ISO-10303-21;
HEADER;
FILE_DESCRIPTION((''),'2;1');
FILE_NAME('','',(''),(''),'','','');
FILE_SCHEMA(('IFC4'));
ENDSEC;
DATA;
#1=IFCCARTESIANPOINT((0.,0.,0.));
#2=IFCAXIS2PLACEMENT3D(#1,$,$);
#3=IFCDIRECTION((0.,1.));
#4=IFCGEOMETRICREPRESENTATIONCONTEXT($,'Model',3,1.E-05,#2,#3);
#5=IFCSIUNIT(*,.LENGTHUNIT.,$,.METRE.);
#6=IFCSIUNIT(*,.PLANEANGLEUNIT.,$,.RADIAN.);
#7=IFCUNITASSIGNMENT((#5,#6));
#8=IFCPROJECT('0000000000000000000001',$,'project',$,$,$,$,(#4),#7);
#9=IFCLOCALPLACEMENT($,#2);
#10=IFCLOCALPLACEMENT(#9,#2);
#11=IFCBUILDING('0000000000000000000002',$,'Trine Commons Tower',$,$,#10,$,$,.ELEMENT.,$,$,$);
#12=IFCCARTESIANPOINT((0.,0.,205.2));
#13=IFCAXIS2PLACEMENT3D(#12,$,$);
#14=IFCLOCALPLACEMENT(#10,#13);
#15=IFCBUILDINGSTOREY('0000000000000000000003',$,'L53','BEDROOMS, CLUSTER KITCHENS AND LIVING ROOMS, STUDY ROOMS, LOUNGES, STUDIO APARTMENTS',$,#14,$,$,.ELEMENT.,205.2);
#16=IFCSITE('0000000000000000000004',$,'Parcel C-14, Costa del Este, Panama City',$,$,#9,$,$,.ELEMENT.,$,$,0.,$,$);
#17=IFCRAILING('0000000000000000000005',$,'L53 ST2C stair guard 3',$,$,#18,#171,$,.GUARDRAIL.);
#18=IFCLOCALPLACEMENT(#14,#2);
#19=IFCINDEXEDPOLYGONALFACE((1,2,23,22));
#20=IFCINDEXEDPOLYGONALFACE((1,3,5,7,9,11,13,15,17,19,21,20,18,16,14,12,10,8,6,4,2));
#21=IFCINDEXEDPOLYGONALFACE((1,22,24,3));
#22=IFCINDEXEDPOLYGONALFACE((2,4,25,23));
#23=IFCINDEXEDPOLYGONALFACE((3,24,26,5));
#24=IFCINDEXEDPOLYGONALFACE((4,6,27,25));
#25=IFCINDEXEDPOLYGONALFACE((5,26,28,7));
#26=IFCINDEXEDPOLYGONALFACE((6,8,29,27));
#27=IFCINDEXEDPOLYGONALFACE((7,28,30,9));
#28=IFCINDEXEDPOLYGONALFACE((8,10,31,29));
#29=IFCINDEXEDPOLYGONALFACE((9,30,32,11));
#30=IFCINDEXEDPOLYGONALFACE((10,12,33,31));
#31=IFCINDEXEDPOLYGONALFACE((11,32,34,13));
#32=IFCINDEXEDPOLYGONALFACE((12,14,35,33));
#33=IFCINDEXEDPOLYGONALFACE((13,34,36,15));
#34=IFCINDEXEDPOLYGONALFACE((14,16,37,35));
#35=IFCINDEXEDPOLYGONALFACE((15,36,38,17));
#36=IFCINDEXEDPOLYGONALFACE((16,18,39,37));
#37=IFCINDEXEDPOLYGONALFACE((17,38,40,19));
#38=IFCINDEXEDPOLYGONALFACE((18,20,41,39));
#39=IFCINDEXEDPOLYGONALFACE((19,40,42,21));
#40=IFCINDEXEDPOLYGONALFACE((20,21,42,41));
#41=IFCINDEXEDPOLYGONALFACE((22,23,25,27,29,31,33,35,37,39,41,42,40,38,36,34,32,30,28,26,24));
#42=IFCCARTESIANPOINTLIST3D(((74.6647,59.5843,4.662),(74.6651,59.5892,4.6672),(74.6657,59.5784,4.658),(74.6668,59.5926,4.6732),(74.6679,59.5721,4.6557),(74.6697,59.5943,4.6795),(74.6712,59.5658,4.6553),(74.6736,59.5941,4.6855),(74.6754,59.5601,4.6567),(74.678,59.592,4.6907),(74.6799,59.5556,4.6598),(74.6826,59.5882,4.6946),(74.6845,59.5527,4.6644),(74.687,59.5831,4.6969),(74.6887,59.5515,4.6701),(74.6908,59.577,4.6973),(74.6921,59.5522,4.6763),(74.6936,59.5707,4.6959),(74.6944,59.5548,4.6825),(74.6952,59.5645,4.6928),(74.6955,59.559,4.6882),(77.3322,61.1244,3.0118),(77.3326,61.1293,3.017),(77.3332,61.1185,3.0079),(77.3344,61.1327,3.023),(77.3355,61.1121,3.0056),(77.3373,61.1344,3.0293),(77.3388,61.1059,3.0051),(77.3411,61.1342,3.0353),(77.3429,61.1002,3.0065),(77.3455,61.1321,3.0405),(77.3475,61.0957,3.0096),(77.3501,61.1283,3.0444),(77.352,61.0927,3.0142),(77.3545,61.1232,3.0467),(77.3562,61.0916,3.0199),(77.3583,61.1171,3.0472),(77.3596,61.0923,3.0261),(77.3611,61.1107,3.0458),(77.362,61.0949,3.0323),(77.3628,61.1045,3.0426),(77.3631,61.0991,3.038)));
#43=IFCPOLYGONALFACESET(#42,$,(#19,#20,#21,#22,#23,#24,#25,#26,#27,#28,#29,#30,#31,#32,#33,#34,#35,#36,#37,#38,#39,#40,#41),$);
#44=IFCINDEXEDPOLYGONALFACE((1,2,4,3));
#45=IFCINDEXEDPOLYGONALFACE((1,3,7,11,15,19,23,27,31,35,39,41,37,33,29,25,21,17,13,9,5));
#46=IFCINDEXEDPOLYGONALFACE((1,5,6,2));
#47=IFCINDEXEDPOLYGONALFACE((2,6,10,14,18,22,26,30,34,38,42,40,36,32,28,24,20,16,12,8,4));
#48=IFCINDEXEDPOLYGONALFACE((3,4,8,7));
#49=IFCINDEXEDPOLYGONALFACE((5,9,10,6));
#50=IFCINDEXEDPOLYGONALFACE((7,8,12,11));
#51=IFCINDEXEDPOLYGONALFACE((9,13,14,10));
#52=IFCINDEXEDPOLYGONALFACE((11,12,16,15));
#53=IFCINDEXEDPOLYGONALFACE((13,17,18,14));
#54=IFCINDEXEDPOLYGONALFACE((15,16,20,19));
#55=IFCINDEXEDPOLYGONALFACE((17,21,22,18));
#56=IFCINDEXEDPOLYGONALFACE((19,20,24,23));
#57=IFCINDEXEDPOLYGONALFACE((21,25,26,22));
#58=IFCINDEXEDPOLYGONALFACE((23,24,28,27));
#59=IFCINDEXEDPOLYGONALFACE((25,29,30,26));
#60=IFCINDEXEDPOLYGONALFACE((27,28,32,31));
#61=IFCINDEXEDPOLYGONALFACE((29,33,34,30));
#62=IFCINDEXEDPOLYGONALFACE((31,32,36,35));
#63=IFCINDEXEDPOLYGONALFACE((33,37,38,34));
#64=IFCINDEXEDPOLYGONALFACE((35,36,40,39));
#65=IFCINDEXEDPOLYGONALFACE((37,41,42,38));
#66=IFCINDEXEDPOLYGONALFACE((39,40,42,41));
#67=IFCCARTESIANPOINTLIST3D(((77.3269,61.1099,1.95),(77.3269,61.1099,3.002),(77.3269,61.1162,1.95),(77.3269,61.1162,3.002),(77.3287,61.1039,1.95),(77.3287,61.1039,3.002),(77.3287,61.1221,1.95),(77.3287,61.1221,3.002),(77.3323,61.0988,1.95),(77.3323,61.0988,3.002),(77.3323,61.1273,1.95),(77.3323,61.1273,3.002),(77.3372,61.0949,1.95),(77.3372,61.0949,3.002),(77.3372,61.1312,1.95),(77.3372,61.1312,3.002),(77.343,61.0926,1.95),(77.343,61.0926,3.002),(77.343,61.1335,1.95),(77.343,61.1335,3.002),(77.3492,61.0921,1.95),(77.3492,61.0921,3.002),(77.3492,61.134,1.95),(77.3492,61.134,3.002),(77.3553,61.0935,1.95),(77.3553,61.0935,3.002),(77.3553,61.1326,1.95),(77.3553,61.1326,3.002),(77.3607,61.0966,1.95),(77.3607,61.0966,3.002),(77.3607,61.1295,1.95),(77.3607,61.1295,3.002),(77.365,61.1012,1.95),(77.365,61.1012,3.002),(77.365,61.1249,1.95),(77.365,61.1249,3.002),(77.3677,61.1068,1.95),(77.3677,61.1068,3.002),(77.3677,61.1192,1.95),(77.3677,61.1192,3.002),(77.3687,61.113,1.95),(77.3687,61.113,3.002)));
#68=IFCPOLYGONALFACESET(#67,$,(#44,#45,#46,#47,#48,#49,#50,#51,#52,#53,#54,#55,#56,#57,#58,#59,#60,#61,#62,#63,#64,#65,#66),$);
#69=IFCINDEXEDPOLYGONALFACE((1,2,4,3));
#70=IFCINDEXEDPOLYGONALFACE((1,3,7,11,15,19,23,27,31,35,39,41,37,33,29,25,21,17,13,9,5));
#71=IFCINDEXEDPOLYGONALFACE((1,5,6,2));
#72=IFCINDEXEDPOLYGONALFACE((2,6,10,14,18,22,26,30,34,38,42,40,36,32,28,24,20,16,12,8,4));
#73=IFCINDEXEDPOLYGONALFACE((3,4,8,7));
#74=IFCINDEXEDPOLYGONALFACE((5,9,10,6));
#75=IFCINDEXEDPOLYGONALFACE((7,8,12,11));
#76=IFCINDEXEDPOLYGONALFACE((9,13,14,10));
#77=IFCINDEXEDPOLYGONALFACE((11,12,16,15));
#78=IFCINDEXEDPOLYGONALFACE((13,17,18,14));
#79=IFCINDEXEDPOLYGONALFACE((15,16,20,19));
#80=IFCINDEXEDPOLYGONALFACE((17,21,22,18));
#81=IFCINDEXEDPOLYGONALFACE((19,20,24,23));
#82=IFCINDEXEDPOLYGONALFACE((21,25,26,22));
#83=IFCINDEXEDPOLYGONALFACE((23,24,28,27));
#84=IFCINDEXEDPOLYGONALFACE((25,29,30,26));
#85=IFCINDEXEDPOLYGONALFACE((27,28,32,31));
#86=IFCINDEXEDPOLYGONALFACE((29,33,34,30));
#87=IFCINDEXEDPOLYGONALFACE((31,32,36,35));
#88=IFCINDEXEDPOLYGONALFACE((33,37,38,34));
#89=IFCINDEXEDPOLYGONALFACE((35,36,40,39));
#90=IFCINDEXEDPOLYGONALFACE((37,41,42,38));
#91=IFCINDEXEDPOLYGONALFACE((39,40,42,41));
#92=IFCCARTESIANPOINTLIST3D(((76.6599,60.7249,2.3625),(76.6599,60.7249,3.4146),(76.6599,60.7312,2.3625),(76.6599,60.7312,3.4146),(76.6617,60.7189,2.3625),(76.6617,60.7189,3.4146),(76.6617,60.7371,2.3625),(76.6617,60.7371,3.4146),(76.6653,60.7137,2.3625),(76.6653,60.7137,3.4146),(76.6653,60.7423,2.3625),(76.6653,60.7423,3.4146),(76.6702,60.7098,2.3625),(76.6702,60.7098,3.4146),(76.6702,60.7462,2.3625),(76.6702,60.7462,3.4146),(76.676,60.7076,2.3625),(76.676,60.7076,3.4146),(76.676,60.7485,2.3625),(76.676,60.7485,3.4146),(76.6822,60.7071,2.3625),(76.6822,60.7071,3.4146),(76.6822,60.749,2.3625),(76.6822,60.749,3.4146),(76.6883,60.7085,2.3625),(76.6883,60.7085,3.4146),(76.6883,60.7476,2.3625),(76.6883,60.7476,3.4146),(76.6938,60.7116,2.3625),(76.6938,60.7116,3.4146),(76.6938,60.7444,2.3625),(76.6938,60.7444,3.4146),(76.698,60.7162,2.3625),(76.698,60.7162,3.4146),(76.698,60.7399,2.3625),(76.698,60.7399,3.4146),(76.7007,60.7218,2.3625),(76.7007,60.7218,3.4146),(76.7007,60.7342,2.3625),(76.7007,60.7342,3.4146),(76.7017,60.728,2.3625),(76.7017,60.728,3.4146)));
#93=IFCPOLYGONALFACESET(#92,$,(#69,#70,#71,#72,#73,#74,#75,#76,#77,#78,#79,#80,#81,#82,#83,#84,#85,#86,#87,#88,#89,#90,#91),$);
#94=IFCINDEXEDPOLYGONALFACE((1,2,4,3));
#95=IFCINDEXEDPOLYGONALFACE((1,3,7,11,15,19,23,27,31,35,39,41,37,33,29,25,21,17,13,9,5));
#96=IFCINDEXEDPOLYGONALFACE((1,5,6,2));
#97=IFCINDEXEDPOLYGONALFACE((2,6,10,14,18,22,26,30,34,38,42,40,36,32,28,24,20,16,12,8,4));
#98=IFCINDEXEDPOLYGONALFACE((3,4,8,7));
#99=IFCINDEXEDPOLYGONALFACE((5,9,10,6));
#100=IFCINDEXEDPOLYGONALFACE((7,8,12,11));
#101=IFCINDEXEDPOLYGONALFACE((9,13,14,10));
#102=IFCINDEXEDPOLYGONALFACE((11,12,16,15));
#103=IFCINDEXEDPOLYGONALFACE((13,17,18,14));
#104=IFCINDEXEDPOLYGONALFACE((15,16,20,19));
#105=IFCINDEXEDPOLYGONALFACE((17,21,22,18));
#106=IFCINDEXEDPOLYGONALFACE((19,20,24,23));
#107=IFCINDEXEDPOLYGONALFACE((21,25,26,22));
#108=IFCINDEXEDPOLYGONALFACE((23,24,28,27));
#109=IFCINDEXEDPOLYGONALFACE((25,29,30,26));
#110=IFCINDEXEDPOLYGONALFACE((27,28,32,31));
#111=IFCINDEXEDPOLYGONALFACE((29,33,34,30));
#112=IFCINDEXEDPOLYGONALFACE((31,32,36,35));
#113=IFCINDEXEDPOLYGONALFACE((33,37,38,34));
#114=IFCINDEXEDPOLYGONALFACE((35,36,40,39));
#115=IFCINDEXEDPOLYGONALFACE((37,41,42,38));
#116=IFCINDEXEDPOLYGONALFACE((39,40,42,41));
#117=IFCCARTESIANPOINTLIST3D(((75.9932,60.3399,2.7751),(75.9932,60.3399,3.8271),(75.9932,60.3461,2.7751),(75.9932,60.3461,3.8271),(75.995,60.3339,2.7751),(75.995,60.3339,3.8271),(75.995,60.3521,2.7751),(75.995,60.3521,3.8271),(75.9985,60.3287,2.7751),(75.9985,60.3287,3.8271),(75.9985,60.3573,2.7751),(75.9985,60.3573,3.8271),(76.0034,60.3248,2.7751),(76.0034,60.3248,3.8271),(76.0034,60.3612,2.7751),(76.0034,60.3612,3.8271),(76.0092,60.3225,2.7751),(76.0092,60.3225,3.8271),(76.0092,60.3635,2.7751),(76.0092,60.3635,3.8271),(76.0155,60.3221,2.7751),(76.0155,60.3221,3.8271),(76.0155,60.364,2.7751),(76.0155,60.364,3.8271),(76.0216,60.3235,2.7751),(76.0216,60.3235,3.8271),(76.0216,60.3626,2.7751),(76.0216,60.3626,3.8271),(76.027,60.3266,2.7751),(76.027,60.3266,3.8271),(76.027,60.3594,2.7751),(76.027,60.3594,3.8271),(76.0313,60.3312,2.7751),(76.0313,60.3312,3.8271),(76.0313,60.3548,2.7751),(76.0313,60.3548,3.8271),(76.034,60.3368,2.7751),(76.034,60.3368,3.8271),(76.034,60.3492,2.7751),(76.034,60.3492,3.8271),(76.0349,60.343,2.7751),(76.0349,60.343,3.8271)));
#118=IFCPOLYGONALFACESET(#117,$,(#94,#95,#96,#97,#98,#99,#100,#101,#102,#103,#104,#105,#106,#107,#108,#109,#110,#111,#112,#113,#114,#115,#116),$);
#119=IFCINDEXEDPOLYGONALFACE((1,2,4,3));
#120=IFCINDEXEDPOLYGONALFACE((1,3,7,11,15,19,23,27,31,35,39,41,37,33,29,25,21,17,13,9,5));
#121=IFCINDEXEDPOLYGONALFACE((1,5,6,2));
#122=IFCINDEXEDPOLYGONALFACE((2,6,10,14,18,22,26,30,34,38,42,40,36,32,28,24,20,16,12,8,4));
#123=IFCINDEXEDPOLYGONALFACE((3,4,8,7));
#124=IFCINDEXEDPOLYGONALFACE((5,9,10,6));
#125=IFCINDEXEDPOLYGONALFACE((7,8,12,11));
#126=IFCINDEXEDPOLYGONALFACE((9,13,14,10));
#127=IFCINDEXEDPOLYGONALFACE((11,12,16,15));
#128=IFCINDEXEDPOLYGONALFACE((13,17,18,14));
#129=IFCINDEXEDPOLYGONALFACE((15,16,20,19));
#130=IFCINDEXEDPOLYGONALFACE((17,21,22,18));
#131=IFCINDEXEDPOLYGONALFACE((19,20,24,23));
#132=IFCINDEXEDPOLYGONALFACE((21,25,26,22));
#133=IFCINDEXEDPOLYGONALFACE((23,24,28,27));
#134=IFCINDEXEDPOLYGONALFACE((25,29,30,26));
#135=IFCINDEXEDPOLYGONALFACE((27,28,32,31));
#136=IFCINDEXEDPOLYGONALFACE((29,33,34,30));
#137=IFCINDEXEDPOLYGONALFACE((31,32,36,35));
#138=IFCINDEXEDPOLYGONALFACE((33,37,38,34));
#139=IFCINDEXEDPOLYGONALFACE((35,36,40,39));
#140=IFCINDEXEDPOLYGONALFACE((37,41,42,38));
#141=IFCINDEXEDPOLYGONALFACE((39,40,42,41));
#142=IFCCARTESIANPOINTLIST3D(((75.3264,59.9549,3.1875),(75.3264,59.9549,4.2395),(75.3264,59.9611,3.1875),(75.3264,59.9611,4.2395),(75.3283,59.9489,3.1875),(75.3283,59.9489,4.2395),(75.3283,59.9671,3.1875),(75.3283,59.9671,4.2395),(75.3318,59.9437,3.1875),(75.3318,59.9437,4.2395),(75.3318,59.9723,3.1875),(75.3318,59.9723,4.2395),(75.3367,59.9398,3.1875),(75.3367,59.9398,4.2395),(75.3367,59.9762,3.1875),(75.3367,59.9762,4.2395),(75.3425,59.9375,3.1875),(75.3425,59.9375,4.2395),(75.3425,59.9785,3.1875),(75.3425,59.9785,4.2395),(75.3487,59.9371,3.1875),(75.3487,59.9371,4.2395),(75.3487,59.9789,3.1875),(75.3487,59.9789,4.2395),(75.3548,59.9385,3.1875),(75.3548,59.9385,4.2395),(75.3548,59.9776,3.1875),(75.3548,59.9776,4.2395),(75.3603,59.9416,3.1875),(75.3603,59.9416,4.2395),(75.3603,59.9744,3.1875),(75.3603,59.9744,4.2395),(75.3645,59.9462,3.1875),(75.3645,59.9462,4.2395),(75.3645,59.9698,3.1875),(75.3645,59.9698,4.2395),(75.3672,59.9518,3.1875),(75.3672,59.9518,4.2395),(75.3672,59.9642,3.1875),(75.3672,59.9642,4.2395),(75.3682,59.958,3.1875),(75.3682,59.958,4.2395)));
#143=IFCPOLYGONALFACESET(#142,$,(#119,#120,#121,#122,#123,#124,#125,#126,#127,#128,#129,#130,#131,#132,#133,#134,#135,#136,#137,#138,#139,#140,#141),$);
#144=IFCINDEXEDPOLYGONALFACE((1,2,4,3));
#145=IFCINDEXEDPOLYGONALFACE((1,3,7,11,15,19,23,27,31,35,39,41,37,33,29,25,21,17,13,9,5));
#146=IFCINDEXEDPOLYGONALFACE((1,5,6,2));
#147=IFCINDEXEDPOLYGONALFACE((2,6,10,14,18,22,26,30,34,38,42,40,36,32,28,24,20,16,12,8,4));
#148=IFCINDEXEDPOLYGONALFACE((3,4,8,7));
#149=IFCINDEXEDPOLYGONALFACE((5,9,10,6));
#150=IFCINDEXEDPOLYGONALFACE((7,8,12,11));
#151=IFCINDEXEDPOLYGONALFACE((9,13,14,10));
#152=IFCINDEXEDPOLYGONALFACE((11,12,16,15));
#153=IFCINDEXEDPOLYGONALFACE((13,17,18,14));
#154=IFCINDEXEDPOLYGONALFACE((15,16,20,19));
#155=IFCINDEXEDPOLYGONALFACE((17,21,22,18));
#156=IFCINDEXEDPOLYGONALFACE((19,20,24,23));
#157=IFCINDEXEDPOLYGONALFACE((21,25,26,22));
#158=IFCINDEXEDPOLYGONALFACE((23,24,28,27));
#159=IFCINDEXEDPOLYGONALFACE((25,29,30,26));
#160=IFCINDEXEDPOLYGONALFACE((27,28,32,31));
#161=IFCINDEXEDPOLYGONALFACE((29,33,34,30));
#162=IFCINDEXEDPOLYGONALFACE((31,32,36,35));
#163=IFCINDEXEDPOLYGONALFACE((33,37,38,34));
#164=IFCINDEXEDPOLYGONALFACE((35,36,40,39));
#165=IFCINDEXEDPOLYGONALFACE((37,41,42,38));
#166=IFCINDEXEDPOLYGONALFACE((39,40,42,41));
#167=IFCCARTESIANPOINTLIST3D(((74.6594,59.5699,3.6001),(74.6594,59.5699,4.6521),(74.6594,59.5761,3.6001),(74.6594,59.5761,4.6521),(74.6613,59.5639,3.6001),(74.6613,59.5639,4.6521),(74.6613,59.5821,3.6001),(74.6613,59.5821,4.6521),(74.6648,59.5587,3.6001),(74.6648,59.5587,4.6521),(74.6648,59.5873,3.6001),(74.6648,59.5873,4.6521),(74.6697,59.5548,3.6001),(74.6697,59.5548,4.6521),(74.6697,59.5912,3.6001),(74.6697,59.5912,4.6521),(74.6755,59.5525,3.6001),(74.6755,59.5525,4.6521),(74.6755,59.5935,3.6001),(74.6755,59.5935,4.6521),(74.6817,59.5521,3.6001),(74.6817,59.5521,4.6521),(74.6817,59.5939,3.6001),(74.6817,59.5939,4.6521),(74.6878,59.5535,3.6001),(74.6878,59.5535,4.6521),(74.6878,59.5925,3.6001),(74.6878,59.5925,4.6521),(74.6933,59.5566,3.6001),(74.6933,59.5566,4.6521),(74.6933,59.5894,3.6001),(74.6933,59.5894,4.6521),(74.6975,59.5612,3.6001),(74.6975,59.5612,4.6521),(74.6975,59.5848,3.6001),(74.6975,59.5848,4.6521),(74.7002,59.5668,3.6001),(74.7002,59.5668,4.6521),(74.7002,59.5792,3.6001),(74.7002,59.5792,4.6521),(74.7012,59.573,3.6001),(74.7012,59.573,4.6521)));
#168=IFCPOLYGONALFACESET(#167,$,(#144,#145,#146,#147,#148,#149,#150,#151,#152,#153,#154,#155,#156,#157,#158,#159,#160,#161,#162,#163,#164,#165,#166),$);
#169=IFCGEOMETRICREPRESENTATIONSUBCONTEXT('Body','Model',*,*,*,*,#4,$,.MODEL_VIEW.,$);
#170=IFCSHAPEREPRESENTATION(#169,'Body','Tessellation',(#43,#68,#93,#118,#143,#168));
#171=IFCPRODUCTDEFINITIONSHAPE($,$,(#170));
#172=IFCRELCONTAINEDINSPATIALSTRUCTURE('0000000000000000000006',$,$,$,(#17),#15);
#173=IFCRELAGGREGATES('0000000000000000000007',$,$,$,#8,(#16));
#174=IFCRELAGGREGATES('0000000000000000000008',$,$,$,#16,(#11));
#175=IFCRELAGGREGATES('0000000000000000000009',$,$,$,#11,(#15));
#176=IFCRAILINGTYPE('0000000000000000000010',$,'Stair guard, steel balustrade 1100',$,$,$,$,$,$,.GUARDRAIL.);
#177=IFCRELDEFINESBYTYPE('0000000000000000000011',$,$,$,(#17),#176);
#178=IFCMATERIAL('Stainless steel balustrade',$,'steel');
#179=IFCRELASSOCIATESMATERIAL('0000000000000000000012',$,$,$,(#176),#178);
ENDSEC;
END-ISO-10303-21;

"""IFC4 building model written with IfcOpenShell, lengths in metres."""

from ifc_helpers import new_model, si_unit, direction, frame, origin, origin_2d, place, context, subcontext, project, spatial, circle, extrude, material, type_object, element, save


model = new_model("IFC4")

# Units and contexts
model_context = context("Model", 3, precision=1e-05, world=origin(), true_north=direction((0.0, 1.0)))
body_context = subcontext(model_context, "Body", "Model", "MODEL_VIEW")
ifc_project = project(units=[si_unit("LENGTHUNIT", "METRE"), si_unit("PLANEANGLEUNIT", "RADIAN")], contexts=[model_context])

# Site, building, storey
site_placement = place(None, origin())
site = spatial("IfcSite", under=ifc_project, at=site_placement, Name="Parcel C-14, Costa del Este, Panama City", CompositionType="ELEMENT", RefElevation=0.0)
building_placement = place(site_placement, origin())
building = spatial("IfcBuilding", under=site, at=building_placement, Name="Trine Commons Tower", CompositionType="ELEMENT")
storey_placement = place(building_placement, frame((0.0, 0.0, 205.2)))
storey = spatial("IfcBuildingStorey", under=building, at=storey_placement, Name="L53", Description="BEDROOMS, CLUSTER KITCHENS AND LIVING ROOMS, STUDY ROOMS, LOUNGES, STUDIO APARTMENTS", CompositionType="ELEMENT", Elevation=205.2)

# Railing
ifc_material_1 = material(Name="Stainless steel balustrade", Category="steel")
railing_type_1 = type_object("IfcRailingType", Name="Stair guard, steel balustrade 1100", PredefinedType="GUARDRAIL", material=ifc_material_1)
railing_1_placement = place(storey_placement, frame((77.3477, 61.113, 1.95)))
element("IfcRailing", 1, at=railing_1_placement, inside=storey, type_object=railing_type_1, Name="L53 ST2C stair guard 3", PredefinedType="GUARDRAIL", context=body_context, shape_type="SweptSolid", body=[
    extrude(circle(Radius=0.0239, at=origin_2d()), frame((0.0, 0.0, 1.0762), z_axis=(-0.76338, -0.440728, 0.472239), x_axis=(0.499992, -0.86603, 0.0)), (0.0, 0.0, 1.0), 3.4944),
    extrude(circle(Radius=0.021, at=origin_2d()), origin(), (0.0, 0.0, 1.0), 1.052),
    extrude(circle(Radius=0.021, at=origin_2d()), frame((-0.667, -0.385, 0.4126)), (0.0, 0.0, 1.0), 1.052),
    extrude(circle(Radius=0.021, at=origin_2d()), frame((-1.3337, -0.77, 0.8252)), (0.0, 0.0, 1.0), 1.052),
    extrude(circle(Radius=0.021, at=origin_2d()), frame((-2.0005, -1.155, 1.2375)), (0.0, 0.0, 1.0), 1.052),
    extrude(circle(Radius=0.021, at=origin_2d()), frame((-2.6675, -1.54, 1.6501)), (0.0, 0.0, 1.0), 1.052),
])

save(model, "model.ifc")
